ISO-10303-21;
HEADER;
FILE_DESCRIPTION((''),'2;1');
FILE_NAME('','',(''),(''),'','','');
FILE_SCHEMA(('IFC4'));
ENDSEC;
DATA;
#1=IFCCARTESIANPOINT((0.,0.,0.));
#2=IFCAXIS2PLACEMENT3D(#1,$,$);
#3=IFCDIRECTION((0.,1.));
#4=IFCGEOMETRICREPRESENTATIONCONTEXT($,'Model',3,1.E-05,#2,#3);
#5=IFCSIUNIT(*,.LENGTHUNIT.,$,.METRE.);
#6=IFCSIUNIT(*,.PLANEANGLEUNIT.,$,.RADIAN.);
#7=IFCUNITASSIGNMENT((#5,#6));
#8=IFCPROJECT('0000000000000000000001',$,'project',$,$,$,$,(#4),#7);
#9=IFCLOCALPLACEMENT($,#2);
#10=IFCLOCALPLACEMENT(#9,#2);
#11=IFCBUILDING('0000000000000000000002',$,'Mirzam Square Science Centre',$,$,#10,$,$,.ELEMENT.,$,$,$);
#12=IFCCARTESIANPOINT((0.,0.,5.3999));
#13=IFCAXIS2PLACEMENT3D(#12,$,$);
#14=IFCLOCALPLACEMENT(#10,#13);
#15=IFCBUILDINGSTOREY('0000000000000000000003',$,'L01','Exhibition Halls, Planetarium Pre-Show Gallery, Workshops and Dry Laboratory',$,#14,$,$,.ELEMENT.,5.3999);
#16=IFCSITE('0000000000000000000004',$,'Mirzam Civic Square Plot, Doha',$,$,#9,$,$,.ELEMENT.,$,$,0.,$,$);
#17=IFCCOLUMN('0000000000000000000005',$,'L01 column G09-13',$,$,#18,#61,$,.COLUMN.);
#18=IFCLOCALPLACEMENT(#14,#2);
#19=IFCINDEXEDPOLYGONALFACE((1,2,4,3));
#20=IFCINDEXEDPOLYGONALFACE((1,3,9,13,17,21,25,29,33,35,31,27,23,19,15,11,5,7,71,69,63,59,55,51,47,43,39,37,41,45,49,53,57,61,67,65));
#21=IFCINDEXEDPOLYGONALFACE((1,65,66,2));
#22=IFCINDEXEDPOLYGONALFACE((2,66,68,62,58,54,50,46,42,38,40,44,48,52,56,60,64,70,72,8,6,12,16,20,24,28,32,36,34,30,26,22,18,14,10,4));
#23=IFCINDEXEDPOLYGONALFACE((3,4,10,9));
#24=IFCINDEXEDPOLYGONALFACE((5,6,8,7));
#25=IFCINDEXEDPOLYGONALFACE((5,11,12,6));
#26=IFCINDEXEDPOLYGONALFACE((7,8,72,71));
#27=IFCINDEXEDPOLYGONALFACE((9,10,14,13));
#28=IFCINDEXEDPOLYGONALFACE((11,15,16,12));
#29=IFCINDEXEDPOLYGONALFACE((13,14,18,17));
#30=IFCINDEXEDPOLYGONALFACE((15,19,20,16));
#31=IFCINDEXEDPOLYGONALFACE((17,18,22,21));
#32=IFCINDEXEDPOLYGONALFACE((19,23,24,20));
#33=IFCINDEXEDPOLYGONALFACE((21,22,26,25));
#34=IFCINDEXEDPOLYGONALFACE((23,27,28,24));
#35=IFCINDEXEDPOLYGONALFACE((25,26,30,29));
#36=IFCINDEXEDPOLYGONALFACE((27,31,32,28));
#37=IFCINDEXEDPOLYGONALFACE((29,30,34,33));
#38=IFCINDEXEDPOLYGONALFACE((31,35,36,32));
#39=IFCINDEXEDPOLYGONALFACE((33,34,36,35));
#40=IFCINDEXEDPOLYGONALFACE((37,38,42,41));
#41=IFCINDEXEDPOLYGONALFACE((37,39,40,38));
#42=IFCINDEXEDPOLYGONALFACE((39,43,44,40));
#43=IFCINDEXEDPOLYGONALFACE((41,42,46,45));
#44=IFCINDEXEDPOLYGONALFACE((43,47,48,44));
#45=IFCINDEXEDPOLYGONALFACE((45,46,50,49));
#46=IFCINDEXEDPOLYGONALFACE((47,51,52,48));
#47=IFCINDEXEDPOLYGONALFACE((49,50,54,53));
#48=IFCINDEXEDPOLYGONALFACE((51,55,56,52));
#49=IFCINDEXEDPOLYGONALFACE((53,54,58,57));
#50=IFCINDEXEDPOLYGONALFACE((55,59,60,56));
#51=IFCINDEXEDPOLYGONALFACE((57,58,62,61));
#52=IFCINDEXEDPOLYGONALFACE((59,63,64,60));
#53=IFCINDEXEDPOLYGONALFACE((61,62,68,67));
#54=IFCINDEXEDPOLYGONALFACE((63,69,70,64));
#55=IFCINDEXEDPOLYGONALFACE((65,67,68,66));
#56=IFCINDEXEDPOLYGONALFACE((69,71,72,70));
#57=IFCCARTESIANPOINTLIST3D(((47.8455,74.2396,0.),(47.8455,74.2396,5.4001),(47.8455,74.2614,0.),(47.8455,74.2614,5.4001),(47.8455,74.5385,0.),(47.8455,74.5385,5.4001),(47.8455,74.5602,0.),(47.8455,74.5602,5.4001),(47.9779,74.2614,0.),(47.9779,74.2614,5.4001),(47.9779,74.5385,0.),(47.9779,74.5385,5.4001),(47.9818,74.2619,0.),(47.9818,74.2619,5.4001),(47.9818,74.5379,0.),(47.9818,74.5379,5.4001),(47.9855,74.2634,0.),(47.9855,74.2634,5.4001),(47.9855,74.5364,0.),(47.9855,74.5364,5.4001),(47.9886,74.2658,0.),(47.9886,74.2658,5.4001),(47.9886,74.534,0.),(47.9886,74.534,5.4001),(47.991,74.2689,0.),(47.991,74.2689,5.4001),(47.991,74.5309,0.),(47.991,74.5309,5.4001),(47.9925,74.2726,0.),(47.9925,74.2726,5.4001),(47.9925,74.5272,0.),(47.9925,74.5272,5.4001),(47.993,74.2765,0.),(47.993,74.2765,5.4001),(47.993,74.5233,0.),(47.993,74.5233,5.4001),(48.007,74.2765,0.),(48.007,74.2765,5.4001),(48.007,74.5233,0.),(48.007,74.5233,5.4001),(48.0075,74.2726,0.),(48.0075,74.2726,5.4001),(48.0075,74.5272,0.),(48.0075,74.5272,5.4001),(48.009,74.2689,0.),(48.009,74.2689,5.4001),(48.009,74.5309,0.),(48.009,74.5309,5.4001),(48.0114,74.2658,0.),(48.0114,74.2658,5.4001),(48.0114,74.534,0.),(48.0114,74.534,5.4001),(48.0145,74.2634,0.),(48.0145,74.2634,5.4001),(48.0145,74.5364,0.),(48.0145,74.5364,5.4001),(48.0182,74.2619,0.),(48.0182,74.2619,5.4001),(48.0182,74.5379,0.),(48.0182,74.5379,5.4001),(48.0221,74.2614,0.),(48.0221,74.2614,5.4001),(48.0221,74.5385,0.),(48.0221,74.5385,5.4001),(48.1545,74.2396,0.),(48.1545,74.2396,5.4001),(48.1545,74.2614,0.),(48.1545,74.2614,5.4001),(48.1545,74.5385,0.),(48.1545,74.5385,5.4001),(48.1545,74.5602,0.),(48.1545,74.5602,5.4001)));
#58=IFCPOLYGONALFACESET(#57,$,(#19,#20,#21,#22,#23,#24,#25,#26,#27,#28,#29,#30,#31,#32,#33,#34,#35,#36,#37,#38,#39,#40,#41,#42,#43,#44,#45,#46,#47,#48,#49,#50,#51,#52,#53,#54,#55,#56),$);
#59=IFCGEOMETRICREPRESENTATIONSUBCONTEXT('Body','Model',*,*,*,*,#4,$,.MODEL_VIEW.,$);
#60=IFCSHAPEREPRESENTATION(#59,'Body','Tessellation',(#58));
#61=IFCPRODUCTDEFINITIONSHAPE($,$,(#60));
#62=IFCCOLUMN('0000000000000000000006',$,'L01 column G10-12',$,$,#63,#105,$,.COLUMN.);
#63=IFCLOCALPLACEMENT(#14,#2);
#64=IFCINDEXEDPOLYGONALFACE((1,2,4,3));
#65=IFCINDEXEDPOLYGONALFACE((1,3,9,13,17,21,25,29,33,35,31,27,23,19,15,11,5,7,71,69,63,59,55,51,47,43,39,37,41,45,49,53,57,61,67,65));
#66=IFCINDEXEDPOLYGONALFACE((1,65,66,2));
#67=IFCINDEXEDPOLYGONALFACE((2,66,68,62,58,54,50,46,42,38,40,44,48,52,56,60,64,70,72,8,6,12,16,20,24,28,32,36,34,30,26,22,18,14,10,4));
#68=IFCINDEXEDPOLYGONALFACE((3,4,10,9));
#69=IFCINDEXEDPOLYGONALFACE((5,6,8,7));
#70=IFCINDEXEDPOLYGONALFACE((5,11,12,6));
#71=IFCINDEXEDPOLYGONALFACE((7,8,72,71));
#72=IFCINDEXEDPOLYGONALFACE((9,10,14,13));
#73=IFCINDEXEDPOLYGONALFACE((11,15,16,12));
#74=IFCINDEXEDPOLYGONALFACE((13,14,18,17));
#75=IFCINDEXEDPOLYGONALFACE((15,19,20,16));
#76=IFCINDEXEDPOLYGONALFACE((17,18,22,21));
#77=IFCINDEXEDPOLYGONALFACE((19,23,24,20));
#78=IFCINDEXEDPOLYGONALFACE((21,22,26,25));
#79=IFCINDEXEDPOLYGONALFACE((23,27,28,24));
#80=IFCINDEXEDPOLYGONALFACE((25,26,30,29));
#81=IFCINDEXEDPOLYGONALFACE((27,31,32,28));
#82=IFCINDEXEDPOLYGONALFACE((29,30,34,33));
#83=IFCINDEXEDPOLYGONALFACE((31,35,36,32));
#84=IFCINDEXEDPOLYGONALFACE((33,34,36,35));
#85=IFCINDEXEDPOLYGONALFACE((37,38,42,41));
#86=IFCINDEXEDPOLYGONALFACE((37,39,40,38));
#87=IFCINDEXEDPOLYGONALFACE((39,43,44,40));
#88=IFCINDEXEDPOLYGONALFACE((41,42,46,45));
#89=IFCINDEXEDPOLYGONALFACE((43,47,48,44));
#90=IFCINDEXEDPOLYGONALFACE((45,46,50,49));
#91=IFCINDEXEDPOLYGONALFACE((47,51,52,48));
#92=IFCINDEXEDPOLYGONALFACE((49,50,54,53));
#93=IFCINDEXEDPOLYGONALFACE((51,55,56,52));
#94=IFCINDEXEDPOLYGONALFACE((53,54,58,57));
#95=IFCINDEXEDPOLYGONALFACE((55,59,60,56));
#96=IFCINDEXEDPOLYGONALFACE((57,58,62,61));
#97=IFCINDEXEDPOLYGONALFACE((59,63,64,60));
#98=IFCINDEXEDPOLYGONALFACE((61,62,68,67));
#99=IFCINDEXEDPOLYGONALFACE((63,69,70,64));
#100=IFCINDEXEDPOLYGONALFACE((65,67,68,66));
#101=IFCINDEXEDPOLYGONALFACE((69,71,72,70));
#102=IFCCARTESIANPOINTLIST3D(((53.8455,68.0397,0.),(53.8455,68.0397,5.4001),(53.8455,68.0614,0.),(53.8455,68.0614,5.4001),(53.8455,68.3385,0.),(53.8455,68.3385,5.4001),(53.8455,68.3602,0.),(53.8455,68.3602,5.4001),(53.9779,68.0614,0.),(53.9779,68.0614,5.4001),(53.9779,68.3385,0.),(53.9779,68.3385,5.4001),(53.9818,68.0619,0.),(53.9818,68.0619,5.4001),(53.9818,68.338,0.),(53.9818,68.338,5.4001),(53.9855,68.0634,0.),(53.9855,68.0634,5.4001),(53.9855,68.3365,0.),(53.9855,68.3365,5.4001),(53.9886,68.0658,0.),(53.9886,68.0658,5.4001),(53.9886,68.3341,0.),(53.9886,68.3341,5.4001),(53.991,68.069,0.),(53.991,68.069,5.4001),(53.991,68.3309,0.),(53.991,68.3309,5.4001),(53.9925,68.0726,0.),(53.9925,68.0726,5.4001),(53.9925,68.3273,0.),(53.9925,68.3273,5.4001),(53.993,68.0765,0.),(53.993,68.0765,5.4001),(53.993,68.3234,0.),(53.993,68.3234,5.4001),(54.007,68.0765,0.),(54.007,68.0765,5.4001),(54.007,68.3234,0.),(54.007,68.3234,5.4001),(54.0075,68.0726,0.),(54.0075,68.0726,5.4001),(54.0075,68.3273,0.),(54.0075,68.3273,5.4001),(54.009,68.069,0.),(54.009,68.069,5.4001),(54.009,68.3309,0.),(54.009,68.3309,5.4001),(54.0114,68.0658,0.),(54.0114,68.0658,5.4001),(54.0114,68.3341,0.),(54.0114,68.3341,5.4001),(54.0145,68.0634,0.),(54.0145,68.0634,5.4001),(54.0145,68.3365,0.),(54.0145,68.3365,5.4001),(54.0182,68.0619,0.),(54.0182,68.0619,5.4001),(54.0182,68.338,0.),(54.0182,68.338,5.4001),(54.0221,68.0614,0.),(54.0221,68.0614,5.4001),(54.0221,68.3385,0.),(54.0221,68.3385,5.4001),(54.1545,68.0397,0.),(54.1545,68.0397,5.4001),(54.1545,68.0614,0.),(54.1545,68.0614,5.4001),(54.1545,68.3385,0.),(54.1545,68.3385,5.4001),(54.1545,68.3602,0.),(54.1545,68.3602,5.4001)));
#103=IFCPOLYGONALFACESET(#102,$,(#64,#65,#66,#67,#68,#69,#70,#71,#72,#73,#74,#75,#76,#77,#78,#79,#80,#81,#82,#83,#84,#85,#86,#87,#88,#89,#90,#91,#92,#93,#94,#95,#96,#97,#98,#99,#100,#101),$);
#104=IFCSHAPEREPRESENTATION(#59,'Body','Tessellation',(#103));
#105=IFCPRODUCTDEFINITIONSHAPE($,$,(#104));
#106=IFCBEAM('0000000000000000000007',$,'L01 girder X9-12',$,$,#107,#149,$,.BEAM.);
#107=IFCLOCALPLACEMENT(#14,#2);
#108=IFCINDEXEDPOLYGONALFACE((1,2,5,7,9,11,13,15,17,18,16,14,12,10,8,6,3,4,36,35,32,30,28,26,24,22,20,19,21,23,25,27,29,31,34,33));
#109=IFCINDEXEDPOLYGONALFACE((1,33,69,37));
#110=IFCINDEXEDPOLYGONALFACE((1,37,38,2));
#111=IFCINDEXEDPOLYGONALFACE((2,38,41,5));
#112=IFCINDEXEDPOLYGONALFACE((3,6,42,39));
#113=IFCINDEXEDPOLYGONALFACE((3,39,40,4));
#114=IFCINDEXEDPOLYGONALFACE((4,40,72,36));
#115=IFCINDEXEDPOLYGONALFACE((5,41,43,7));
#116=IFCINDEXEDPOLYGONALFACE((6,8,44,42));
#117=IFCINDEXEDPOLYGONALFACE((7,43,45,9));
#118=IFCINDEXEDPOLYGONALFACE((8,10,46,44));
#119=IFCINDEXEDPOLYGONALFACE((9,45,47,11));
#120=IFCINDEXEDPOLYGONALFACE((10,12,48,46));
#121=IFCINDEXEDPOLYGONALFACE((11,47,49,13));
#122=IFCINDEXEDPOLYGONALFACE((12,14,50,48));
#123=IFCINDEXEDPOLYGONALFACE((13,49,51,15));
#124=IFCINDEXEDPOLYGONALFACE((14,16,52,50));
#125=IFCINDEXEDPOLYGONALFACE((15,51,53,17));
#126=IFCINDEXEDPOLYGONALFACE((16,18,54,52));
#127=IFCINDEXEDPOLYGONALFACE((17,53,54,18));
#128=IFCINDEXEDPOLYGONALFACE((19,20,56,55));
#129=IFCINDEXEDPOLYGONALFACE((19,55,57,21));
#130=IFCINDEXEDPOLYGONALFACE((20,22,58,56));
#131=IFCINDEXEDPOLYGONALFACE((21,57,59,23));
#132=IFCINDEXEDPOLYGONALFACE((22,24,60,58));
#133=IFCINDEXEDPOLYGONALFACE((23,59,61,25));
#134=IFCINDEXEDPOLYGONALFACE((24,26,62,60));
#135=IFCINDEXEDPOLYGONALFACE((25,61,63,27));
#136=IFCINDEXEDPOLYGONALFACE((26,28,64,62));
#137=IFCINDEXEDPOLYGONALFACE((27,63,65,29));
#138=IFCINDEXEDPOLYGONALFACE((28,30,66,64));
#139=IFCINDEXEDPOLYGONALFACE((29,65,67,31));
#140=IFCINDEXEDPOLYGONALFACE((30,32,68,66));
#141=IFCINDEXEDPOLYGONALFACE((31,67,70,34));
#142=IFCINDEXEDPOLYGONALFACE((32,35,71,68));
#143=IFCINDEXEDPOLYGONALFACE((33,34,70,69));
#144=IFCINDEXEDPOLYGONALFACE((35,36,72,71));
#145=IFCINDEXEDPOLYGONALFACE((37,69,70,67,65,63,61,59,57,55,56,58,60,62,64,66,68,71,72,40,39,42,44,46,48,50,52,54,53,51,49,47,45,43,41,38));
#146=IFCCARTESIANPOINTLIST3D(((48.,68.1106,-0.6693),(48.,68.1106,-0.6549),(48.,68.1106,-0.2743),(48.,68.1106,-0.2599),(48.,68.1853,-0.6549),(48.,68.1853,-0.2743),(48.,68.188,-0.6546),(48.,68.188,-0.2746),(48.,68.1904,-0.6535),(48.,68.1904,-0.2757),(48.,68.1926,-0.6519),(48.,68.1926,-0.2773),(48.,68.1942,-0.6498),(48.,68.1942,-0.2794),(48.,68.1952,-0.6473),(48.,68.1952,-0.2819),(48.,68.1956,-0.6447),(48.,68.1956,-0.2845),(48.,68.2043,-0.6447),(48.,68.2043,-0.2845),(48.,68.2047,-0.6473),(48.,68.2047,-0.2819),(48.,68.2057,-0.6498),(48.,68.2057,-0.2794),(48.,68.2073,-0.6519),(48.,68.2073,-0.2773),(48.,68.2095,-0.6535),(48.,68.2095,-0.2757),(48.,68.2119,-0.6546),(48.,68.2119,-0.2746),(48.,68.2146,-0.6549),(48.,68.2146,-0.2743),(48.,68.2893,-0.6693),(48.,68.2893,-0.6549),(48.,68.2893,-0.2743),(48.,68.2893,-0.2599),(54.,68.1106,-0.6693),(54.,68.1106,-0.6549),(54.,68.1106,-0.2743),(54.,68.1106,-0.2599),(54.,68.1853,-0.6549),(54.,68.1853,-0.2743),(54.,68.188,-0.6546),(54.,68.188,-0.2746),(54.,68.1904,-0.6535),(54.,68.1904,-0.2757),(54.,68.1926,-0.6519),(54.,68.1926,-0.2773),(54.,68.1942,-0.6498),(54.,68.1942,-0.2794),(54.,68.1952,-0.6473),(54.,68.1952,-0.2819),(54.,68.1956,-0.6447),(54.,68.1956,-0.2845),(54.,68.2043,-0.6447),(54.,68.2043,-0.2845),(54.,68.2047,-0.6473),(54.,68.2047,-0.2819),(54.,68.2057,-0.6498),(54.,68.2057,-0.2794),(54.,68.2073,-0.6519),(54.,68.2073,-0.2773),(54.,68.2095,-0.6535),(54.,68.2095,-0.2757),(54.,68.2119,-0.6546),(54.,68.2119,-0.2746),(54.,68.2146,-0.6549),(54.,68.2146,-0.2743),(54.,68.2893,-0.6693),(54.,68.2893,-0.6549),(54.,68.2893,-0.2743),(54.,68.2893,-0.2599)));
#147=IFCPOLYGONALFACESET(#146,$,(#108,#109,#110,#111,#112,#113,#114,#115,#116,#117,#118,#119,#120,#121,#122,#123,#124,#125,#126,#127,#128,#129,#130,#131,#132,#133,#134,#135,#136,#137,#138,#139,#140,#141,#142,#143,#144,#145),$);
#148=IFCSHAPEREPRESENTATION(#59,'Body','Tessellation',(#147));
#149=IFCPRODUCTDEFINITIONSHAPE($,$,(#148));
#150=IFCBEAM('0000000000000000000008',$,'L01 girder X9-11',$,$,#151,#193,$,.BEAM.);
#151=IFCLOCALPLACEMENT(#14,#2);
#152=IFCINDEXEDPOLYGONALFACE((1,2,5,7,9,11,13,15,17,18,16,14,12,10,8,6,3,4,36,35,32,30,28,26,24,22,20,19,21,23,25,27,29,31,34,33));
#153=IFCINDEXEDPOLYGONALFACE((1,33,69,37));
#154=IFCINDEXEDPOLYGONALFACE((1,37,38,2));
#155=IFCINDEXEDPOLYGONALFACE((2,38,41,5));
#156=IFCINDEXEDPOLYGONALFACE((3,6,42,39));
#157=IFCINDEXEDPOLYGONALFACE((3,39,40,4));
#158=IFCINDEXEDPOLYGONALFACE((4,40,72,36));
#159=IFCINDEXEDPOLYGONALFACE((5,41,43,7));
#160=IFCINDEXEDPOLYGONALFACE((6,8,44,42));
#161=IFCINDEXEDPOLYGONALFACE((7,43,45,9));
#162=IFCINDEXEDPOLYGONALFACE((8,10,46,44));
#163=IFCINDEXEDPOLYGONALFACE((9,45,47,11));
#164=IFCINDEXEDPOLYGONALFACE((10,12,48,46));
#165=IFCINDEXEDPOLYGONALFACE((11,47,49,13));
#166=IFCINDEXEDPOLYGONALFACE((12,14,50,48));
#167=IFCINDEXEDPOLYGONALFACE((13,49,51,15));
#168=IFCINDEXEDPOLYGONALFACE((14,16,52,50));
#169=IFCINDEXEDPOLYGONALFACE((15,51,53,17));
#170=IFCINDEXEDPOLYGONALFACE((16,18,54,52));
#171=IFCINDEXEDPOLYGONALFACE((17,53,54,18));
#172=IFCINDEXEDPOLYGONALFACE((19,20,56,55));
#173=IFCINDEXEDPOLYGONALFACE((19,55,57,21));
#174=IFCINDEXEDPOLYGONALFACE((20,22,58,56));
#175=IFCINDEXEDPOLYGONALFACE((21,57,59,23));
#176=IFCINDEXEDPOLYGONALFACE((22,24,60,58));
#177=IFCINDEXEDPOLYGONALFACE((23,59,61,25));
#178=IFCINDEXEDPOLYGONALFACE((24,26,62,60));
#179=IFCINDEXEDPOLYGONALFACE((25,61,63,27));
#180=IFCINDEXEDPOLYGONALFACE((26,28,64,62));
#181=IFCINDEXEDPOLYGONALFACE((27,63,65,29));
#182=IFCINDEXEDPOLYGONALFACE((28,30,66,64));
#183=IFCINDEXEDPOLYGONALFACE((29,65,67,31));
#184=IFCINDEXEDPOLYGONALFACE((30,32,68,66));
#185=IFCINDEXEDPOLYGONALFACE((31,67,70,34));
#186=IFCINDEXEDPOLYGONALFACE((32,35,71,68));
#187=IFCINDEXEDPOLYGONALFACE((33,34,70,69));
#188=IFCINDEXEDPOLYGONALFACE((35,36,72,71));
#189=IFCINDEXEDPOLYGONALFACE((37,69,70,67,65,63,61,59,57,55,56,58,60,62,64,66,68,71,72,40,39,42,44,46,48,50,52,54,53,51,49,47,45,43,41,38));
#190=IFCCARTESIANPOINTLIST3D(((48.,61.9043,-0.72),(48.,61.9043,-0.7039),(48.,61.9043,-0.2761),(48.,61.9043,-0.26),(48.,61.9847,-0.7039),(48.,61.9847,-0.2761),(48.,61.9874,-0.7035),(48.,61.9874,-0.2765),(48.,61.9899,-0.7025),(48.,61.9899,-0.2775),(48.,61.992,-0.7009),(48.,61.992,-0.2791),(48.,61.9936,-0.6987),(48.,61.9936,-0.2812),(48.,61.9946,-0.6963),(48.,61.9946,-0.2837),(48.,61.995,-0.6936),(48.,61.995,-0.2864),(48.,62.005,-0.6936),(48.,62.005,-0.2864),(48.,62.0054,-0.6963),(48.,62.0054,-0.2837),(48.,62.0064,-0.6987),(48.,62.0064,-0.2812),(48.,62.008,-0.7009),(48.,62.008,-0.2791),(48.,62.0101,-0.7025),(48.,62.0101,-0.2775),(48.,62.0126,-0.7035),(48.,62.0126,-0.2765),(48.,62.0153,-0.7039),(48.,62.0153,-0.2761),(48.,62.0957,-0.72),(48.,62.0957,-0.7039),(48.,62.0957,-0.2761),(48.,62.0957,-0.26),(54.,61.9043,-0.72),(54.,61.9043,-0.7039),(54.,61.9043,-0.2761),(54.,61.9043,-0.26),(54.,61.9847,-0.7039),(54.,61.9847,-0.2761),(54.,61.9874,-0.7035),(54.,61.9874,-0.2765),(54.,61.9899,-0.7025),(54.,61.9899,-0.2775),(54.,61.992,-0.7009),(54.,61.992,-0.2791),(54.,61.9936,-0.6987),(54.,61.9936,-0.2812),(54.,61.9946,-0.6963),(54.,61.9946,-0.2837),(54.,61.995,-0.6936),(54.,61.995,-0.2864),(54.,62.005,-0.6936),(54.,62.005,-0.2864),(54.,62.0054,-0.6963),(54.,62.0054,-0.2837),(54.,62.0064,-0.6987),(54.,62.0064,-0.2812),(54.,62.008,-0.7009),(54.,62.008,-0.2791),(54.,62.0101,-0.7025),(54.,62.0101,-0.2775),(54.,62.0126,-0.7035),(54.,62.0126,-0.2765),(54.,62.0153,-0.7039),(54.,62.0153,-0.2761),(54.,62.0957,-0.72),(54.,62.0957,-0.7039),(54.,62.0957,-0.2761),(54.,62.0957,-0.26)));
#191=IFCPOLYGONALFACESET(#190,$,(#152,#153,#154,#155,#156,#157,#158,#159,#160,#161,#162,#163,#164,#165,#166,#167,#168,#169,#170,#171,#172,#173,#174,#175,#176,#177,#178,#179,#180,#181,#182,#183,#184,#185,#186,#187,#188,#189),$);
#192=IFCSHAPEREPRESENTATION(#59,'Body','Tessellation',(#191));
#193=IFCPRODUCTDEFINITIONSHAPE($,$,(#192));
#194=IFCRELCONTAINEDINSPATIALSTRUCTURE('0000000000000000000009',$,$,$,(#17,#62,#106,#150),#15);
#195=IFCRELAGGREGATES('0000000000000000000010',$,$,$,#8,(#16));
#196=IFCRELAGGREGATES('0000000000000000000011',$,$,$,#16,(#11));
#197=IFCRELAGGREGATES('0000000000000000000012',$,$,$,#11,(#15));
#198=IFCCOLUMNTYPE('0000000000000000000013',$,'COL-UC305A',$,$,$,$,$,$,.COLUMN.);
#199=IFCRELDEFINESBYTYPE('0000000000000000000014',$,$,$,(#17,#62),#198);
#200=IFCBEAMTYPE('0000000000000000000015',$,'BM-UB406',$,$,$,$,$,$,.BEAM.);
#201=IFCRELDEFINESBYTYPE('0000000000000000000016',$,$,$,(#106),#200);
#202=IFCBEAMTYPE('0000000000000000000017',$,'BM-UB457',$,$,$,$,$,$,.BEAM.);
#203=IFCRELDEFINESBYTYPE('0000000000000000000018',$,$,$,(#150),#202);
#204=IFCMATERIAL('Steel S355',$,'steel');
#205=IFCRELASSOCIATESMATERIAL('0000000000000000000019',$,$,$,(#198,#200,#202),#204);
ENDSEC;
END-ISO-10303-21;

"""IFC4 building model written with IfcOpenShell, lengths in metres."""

from ifc_helpers import new_model, si_unit, direction, frame, origin, origin_2d, place, context, subcontext, project, spatial, i_section, extrude, material, material_profile, profile_set, type_object, element, save


model = new_model("IFC4")

# Units and contexts
model_context = context("Model", 3, precision=1e-05, world=origin(), true_north=direction((0.0, 1.0)))
body_context = subcontext(model_context, "Body", "Model", "MODEL_VIEW")
ifc_project = project(units=[si_unit("LENGTHUNIT", "METRE"), si_unit("PLANEANGLEUNIT", "RADIAN")], contexts=[model_context])

# Site, building, storey
site_placement = place(None, origin())
site = spatial("IfcSite", under=ifc_project, at=site_placement, Name="Mirzam Civic Square Plot, Doha", CompositionType="ELEMENT", RefElevation=0.0)
building_placement = place(site_placement, origin())
building = spatial("IfcBuilding", under=site, at=building_placement, Name="Mirzam Square Science Centre", CompositionType="ELEMENT")
storey_placement = place(building_placement, frame((0.0, 0.0, 5.3999)))
storey = spatial("IfcBuildingStorey", under=building, at=storey_placement, Name="L01", Description="Exhibition Halls, Planetarium Pre-Show Gallery, Workshops and Dry Laboratory", CompositionType="ELEMENT", Elevation=5.3999)

# Columns
ifc_material = material(Name="Steel S355", Category="steel")
ifc_material_profile_1 = material_profile(ifc_material, i_section(OverallWidth=0.3091, OverallDepth=0.3206, WebThickness=0.0139, FlangeThickness=0.0217, FilletRadius=0.0151, at=origin_2d()), Name="305x305x137UC")
ifc_profile_set_1 = profile_set([ifc_material_profile_1], Name="Steel S355")
column_type_1 = type_object("IfcColumnType", Name="COL-UC305A", PredefinedType="COLUMN", material=ifc_profile_set_1)
for number, where, z_axis, x_axis, name in (
    (1, (48.0, 74.3999, 0.0), (0.0, 0.0, 1.0), (1.0, 0.0, 0.0), "L01 column G09-13"),
    (2, (54.0, 68.2, 0.0), (0.0, 0.0, 1.0), (1.0, 0.0, 0.0), "L01 column G10-12"),
):
    element("IfcColumn", number, at=place(storey_placement, frame(where, z_axis=z_axis, x_axis=x_axis)), inside=storey, type_object=column_type_1, Name=name, PredefinedType="COLUMN", context=body_context, shape_type="SweptSolid", body=[
        extrude(i_section(OverallWidth=0.3091, OverallDepth=0.3206, WebThickness=0.0139, FlangeThickness=0.0217, FilletRadius=0.0151, at=origin_2d()), origin(), (0.0, 0.0, 1.0), 5.4001),
    ])

# Beams
ifc_material_profile_2 = material_profile(ifc_material, i_section(OverallWidth=0.1787, OverallDepth=0.4094, WebThickness=0.0088, FlangeThickness=0.0144, FilletRadius=0.0103, at=origin_2d()), Name="406x178x67UB")
ifc_profile_set_2 = profile_set([ifc_material_profile_2], Name="Steel S355")
beam_type_1 = type_object("IfcBeamType", Name="BM-UB406", PredefinedType="BEAM", material=ifc_profile_set_2)
beam_1_placement = place(storey_placement, frame((48.0, 68.2, -0.4646), z_axis=(1.0, 0.0, 0.0), x_axis=(0.0, 1.0, 0.0)))
element("IfcBeam", 3, at=beam_1_placement, inside=storey, type_object=beam_type_1, Name="L01 girder X9-12", PredefinedType="BEAM", context=body_context, shape_type="SweptSolid", body=[
    extrude(i_section(OverallWidth=0.1787, OverallDepth=0.4094, WebThickness=0.0088, FlangeThickness=0.0144, FilletRadius=0.0103, at=origin_2d()), origin(), (0.0, 0.0, 1.0), 6.0),
])
ifc_material_profile_3 = material_profile(ifc_material, i_section(OverallWidth=0.1914, OverallDepth=0.46, WebThickness=0.01, FlangeThickness=0.0161, FilletRadius=0.0103, at=origin_2d()), Name="457x191x82UB")
ifc_profile_set_3 = profile_set([ifc_material_profile_3], Name="Steel S355")
beam_type_2 = type_object("IfcBeamType", Name="BM-UB457", PredefinedType="BEAM", material=ifc_profile_set_3)
beam_2_placement = place(storey_placement, frame((48.0, 62.0, -0.49), z_axis=(1.0, 0.0, 0.0), x_axis=(0.0, 1.0, 0.0)))
element("IfcBeam", 4, at=beam_2_placement, inside=storey, type_object=beam_type_2, Name="L01 girder X9-11", PredefinedType="BEAM", context=body_context, shape_type="SweptSolid", body=[
    extrude(i_section(OverallWidth=0.1914, OverallDepth=0.46, WebThickness=0.01, FlangeThickness=0.0161, FilletRadius=0.0103, at=origin_2d()), origin(), (0.0, 0.0, 1.0), 6.0),
])

save(model, "model.ifc")
